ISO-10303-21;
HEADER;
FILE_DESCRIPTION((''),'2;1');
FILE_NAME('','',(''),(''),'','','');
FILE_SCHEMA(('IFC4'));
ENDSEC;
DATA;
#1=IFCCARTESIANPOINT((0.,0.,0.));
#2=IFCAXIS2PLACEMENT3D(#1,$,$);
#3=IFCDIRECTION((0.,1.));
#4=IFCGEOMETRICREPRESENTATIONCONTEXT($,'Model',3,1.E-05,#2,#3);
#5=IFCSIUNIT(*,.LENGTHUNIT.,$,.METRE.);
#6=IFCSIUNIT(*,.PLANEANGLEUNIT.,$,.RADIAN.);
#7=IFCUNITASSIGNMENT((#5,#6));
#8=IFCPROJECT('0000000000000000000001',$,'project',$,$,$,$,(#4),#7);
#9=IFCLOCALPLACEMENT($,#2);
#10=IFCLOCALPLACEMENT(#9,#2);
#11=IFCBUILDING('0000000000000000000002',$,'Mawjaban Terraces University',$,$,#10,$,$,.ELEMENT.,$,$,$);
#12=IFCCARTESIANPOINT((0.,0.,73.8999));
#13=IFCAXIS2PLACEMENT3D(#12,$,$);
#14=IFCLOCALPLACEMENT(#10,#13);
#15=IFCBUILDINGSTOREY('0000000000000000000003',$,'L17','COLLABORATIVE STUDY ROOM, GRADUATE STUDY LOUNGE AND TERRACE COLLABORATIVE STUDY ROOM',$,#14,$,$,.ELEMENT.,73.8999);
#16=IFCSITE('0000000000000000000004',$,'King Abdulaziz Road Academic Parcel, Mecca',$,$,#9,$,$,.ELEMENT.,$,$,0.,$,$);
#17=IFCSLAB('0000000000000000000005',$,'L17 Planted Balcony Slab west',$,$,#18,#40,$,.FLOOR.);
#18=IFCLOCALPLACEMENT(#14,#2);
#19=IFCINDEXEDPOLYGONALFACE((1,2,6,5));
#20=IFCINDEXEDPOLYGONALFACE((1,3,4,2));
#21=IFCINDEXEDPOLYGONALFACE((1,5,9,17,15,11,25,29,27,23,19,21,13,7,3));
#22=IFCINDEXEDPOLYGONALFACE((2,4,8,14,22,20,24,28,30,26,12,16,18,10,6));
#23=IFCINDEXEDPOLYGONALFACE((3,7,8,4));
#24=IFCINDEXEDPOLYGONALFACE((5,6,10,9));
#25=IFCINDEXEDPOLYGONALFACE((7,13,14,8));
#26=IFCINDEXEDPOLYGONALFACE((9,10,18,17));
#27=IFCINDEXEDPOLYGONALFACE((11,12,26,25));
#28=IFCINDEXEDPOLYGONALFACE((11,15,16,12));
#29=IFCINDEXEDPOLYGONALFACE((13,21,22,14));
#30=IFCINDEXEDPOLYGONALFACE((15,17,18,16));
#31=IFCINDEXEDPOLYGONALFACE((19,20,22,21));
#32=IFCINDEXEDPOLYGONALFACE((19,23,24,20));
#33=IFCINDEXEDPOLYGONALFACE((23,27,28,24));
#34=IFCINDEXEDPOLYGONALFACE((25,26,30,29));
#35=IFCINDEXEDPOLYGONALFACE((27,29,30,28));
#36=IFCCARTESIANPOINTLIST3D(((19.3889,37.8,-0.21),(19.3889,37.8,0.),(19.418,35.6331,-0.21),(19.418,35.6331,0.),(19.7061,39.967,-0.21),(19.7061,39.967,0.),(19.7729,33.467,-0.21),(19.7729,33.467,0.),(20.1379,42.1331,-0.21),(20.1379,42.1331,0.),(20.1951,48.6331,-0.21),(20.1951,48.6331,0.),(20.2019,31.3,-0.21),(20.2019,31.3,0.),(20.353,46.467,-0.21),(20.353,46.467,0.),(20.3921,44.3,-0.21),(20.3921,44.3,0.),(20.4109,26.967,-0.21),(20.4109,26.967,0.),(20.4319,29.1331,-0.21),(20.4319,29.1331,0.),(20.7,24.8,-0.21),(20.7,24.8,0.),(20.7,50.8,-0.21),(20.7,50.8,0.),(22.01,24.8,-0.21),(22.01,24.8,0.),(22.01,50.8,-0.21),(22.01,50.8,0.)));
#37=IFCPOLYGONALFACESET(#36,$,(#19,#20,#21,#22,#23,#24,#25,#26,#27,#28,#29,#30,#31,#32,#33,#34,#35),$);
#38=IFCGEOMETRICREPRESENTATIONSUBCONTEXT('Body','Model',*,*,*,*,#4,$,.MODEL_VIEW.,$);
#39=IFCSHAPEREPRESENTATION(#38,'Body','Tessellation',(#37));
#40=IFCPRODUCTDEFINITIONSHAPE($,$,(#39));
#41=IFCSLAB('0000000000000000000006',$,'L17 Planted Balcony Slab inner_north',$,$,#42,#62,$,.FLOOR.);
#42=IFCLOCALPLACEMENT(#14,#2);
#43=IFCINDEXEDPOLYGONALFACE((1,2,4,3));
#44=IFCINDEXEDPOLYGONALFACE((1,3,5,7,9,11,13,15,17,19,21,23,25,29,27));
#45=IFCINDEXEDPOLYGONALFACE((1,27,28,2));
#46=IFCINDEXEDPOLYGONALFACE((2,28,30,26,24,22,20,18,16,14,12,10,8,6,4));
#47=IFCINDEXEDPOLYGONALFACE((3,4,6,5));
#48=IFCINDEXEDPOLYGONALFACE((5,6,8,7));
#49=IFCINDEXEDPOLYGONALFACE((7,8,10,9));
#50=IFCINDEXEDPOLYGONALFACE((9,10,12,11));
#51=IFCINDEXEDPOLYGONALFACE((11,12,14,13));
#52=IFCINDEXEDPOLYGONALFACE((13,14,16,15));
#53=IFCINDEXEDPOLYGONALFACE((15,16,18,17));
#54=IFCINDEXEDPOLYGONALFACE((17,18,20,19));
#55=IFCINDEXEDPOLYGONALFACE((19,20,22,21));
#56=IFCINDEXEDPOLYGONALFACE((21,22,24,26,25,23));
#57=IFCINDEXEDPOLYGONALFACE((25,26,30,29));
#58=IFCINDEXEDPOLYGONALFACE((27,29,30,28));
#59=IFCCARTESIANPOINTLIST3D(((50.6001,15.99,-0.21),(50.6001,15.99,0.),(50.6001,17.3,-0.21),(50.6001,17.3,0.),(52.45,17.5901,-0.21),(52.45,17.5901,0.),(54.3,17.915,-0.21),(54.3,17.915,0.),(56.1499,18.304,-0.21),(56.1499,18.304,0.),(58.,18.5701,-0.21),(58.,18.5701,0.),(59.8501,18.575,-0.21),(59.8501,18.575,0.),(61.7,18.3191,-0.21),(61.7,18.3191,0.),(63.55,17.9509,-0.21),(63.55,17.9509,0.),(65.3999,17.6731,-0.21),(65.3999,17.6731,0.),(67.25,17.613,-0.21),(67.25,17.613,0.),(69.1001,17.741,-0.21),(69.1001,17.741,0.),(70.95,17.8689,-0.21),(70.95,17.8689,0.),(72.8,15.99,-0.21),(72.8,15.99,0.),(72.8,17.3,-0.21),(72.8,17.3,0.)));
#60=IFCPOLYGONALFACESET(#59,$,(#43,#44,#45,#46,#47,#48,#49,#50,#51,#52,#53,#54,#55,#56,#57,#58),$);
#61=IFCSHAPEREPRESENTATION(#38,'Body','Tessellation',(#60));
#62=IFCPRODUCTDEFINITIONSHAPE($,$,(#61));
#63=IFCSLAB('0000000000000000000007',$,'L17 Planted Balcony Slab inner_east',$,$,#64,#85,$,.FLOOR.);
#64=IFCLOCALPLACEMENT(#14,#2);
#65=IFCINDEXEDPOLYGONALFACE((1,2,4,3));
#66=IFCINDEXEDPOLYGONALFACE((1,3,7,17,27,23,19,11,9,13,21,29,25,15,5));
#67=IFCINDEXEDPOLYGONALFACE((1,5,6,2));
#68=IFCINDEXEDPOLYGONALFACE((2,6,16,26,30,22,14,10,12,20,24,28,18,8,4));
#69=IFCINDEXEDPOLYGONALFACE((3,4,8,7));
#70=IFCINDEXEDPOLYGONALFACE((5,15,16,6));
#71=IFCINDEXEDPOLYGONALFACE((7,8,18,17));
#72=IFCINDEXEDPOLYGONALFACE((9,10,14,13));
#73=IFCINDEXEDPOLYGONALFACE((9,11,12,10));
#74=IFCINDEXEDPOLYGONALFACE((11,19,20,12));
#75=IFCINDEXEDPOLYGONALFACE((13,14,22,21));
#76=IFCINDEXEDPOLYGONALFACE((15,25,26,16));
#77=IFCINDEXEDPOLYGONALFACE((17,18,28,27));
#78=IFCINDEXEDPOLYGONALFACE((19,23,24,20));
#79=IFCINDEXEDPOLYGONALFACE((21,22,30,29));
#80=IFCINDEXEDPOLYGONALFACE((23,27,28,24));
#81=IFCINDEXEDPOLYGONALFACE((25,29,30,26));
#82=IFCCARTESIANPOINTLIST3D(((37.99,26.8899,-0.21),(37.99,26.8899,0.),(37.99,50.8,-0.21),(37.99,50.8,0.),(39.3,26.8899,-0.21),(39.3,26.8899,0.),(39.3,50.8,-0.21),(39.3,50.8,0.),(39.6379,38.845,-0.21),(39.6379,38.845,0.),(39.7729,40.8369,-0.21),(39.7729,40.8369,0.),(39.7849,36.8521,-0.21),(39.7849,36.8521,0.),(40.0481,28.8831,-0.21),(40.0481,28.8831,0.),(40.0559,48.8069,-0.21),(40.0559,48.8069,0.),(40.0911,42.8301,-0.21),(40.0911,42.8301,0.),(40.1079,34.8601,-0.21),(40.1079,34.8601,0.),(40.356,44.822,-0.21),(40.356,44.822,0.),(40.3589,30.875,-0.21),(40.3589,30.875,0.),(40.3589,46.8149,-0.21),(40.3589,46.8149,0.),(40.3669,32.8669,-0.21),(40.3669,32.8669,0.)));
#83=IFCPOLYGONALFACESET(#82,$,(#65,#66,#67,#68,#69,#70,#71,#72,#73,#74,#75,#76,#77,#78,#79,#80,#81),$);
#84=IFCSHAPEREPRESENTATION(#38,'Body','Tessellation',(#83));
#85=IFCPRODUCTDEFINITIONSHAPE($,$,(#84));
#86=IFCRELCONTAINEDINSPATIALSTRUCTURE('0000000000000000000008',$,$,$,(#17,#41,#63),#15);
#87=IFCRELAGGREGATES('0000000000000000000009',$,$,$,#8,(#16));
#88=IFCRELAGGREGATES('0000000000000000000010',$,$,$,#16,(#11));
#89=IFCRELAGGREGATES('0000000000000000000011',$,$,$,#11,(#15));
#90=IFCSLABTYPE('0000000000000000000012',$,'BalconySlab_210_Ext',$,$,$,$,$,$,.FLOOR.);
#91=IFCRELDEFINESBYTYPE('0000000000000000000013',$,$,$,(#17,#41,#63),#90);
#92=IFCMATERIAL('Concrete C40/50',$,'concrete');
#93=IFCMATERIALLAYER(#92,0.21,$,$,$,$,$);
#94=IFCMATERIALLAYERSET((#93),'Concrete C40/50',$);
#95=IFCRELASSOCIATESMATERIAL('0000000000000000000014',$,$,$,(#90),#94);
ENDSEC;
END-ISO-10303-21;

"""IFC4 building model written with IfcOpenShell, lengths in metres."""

from ifc_helpers import new_model, si_unit, direction, frame, origin, place, context, subcontext, project, spatial, polyline, outline, extrude, material, layer, layer_set, type_object, element, save


model = new_model("IFC4")

# Units and contexts
model_context = context("Model", 3, precision=1e-05, world=origin(), true_north=direction((0.0, 1.0)))
body_context = subcontext(model_context, "Body", "Model", "MODEL_VIEW")
ifc_project = project(units=[si_unit("LENGTHUNIT", "METRE"), si_unit("PLANEANGLEUNIT", "RADIAN")], contexts=[model_context])

# Site, building, storey
site_placement = place(None, origin())
site = spatial("IfcSite", under=ifc_project, at=site_placement, Name="King Abdulaziz Road Academic Parcel, Mecca", CompositionType="ELEMENT", RefElevation=0.0)
building_placement = place(site_placement, origin())
building = spatial("IfcBuilding", under=site, at=building_placement, Name="Mawjaban Terraces University", CompositionType="ELEMENT")
storey_placement = place(building_placement, frame((0.0, 0.0, 73.8999)))
storey = spatial("IfcBuildingStorey", under=building, at=storey_placement, Name="L17", Description="COLLABORATIVE STUDY ROOM, GRADUATE STUDY LOUNGE AND TERRACE COLLABORATIVE STUDY ROOM", CompositionType="ELEMENT", Elevation=73.8999)

# Slabs
ifc_material_1 = material(Name="Concrete C40/50", Category="concrete")
ifc_layer_1 = layer(ifc_material_1, 0.21)
ifc_layer_set_1 = layer_set([ifc_layer_1], Name="Concrete C40/50")
slab_type_1 = type_object("IfcSlabType", Name="BalconySlab_210_Ext", PredefinedType="FLOOR", material=ifc_layer_set_1)
slab_1_placement = place(storey_placement, frame((0.0, 0.0, -0.21)))
element("IfcSlab", 1, at=slab_1_placement, inside=storey, type_object=slab_type_1, Name="L17 Planted Balcony Slab west", PredefinedType="FLOOR", context=body_context, shape_type="SweptSolid", body=[
    extrude(outline(polyline([(22.01, 24.8), (22.01, 50.8), (20.7, 50.8), (20.1951, 48.6331), (20.353, 46.467), (20.3921, 44.3), (20.1379, 42.1331), (19.7061, 39.967), (19.3889, 37.8), (19.418, 35.6331), (19.7729, 33.467), (20.2019, 31.3), (20.4319, 29.1331), (20.4109, 26.967), (20.7, 24.8), (22.01, 24.8)])), origin(), (0.0, 0.0, 1.0), 0.21),
])
slab_2_placement = place(storey_placement, frame((0.0, 0.0, -0.21)))
element("IfcSlab", 2, at=slab_2_placement, inside=storey, type_object=slab_type_1, Name="L17 Planted Balcony Slab inner_north", PredefinedType="FLOOR", context=body_context, shape_type="SweptSolid", body=[
    extrude(outline(polyline([(50.6001, 15.99), (72.8, 15.99), (72.8, 17.3), (70.95, 17.8689), (69.1001, 17.741), (67.25, 17.613), (65.3999, 17.6731), (63.55, 17.9509), (61.7, 18.3191), (59.8501, 18.575), (58.0, 18.5701), (56.1499, 18.304), (54.3, 17.915), (52.45, 17.5901), (50.6001, 17.3), (50.6001, 15.99)])), origin(), (0.0, 0.0, 1.0), 0.21),
])
slab_3_placement = place(storey_placement, frame((0.0, 0.0, -0.21)))
element("IfcSlab", 3, at=slab_3_placement, inside=storey, type_object=slab_type_1, Name="L17 Planted Balcony Slab inner_east", PredefinedType="FLOOR", context=body_context, shape_type="SweptSolid", body=[
    extrude(outline(polyline([(39.3, 26.8899), (40.0481, 28.8831), (40.3589, 30.875), (40.3669, 32.8669), (40.1079, 34.8601), (39.7849, 36.8521), (39.6379, 38.845), (39.7729, 40.8369), (40.0911, 42.8301), (40.356, 44.822), (40.3589, 46.8149), (40.0559, 48.8069), (39.3, 50.8), (37.99, 50.8), (37.99, 26.8899), (39.3, 26.8899)])), origin(), (0.0, 0.0, 1.0), 0.21),
])

save(model, "model.ifc")
